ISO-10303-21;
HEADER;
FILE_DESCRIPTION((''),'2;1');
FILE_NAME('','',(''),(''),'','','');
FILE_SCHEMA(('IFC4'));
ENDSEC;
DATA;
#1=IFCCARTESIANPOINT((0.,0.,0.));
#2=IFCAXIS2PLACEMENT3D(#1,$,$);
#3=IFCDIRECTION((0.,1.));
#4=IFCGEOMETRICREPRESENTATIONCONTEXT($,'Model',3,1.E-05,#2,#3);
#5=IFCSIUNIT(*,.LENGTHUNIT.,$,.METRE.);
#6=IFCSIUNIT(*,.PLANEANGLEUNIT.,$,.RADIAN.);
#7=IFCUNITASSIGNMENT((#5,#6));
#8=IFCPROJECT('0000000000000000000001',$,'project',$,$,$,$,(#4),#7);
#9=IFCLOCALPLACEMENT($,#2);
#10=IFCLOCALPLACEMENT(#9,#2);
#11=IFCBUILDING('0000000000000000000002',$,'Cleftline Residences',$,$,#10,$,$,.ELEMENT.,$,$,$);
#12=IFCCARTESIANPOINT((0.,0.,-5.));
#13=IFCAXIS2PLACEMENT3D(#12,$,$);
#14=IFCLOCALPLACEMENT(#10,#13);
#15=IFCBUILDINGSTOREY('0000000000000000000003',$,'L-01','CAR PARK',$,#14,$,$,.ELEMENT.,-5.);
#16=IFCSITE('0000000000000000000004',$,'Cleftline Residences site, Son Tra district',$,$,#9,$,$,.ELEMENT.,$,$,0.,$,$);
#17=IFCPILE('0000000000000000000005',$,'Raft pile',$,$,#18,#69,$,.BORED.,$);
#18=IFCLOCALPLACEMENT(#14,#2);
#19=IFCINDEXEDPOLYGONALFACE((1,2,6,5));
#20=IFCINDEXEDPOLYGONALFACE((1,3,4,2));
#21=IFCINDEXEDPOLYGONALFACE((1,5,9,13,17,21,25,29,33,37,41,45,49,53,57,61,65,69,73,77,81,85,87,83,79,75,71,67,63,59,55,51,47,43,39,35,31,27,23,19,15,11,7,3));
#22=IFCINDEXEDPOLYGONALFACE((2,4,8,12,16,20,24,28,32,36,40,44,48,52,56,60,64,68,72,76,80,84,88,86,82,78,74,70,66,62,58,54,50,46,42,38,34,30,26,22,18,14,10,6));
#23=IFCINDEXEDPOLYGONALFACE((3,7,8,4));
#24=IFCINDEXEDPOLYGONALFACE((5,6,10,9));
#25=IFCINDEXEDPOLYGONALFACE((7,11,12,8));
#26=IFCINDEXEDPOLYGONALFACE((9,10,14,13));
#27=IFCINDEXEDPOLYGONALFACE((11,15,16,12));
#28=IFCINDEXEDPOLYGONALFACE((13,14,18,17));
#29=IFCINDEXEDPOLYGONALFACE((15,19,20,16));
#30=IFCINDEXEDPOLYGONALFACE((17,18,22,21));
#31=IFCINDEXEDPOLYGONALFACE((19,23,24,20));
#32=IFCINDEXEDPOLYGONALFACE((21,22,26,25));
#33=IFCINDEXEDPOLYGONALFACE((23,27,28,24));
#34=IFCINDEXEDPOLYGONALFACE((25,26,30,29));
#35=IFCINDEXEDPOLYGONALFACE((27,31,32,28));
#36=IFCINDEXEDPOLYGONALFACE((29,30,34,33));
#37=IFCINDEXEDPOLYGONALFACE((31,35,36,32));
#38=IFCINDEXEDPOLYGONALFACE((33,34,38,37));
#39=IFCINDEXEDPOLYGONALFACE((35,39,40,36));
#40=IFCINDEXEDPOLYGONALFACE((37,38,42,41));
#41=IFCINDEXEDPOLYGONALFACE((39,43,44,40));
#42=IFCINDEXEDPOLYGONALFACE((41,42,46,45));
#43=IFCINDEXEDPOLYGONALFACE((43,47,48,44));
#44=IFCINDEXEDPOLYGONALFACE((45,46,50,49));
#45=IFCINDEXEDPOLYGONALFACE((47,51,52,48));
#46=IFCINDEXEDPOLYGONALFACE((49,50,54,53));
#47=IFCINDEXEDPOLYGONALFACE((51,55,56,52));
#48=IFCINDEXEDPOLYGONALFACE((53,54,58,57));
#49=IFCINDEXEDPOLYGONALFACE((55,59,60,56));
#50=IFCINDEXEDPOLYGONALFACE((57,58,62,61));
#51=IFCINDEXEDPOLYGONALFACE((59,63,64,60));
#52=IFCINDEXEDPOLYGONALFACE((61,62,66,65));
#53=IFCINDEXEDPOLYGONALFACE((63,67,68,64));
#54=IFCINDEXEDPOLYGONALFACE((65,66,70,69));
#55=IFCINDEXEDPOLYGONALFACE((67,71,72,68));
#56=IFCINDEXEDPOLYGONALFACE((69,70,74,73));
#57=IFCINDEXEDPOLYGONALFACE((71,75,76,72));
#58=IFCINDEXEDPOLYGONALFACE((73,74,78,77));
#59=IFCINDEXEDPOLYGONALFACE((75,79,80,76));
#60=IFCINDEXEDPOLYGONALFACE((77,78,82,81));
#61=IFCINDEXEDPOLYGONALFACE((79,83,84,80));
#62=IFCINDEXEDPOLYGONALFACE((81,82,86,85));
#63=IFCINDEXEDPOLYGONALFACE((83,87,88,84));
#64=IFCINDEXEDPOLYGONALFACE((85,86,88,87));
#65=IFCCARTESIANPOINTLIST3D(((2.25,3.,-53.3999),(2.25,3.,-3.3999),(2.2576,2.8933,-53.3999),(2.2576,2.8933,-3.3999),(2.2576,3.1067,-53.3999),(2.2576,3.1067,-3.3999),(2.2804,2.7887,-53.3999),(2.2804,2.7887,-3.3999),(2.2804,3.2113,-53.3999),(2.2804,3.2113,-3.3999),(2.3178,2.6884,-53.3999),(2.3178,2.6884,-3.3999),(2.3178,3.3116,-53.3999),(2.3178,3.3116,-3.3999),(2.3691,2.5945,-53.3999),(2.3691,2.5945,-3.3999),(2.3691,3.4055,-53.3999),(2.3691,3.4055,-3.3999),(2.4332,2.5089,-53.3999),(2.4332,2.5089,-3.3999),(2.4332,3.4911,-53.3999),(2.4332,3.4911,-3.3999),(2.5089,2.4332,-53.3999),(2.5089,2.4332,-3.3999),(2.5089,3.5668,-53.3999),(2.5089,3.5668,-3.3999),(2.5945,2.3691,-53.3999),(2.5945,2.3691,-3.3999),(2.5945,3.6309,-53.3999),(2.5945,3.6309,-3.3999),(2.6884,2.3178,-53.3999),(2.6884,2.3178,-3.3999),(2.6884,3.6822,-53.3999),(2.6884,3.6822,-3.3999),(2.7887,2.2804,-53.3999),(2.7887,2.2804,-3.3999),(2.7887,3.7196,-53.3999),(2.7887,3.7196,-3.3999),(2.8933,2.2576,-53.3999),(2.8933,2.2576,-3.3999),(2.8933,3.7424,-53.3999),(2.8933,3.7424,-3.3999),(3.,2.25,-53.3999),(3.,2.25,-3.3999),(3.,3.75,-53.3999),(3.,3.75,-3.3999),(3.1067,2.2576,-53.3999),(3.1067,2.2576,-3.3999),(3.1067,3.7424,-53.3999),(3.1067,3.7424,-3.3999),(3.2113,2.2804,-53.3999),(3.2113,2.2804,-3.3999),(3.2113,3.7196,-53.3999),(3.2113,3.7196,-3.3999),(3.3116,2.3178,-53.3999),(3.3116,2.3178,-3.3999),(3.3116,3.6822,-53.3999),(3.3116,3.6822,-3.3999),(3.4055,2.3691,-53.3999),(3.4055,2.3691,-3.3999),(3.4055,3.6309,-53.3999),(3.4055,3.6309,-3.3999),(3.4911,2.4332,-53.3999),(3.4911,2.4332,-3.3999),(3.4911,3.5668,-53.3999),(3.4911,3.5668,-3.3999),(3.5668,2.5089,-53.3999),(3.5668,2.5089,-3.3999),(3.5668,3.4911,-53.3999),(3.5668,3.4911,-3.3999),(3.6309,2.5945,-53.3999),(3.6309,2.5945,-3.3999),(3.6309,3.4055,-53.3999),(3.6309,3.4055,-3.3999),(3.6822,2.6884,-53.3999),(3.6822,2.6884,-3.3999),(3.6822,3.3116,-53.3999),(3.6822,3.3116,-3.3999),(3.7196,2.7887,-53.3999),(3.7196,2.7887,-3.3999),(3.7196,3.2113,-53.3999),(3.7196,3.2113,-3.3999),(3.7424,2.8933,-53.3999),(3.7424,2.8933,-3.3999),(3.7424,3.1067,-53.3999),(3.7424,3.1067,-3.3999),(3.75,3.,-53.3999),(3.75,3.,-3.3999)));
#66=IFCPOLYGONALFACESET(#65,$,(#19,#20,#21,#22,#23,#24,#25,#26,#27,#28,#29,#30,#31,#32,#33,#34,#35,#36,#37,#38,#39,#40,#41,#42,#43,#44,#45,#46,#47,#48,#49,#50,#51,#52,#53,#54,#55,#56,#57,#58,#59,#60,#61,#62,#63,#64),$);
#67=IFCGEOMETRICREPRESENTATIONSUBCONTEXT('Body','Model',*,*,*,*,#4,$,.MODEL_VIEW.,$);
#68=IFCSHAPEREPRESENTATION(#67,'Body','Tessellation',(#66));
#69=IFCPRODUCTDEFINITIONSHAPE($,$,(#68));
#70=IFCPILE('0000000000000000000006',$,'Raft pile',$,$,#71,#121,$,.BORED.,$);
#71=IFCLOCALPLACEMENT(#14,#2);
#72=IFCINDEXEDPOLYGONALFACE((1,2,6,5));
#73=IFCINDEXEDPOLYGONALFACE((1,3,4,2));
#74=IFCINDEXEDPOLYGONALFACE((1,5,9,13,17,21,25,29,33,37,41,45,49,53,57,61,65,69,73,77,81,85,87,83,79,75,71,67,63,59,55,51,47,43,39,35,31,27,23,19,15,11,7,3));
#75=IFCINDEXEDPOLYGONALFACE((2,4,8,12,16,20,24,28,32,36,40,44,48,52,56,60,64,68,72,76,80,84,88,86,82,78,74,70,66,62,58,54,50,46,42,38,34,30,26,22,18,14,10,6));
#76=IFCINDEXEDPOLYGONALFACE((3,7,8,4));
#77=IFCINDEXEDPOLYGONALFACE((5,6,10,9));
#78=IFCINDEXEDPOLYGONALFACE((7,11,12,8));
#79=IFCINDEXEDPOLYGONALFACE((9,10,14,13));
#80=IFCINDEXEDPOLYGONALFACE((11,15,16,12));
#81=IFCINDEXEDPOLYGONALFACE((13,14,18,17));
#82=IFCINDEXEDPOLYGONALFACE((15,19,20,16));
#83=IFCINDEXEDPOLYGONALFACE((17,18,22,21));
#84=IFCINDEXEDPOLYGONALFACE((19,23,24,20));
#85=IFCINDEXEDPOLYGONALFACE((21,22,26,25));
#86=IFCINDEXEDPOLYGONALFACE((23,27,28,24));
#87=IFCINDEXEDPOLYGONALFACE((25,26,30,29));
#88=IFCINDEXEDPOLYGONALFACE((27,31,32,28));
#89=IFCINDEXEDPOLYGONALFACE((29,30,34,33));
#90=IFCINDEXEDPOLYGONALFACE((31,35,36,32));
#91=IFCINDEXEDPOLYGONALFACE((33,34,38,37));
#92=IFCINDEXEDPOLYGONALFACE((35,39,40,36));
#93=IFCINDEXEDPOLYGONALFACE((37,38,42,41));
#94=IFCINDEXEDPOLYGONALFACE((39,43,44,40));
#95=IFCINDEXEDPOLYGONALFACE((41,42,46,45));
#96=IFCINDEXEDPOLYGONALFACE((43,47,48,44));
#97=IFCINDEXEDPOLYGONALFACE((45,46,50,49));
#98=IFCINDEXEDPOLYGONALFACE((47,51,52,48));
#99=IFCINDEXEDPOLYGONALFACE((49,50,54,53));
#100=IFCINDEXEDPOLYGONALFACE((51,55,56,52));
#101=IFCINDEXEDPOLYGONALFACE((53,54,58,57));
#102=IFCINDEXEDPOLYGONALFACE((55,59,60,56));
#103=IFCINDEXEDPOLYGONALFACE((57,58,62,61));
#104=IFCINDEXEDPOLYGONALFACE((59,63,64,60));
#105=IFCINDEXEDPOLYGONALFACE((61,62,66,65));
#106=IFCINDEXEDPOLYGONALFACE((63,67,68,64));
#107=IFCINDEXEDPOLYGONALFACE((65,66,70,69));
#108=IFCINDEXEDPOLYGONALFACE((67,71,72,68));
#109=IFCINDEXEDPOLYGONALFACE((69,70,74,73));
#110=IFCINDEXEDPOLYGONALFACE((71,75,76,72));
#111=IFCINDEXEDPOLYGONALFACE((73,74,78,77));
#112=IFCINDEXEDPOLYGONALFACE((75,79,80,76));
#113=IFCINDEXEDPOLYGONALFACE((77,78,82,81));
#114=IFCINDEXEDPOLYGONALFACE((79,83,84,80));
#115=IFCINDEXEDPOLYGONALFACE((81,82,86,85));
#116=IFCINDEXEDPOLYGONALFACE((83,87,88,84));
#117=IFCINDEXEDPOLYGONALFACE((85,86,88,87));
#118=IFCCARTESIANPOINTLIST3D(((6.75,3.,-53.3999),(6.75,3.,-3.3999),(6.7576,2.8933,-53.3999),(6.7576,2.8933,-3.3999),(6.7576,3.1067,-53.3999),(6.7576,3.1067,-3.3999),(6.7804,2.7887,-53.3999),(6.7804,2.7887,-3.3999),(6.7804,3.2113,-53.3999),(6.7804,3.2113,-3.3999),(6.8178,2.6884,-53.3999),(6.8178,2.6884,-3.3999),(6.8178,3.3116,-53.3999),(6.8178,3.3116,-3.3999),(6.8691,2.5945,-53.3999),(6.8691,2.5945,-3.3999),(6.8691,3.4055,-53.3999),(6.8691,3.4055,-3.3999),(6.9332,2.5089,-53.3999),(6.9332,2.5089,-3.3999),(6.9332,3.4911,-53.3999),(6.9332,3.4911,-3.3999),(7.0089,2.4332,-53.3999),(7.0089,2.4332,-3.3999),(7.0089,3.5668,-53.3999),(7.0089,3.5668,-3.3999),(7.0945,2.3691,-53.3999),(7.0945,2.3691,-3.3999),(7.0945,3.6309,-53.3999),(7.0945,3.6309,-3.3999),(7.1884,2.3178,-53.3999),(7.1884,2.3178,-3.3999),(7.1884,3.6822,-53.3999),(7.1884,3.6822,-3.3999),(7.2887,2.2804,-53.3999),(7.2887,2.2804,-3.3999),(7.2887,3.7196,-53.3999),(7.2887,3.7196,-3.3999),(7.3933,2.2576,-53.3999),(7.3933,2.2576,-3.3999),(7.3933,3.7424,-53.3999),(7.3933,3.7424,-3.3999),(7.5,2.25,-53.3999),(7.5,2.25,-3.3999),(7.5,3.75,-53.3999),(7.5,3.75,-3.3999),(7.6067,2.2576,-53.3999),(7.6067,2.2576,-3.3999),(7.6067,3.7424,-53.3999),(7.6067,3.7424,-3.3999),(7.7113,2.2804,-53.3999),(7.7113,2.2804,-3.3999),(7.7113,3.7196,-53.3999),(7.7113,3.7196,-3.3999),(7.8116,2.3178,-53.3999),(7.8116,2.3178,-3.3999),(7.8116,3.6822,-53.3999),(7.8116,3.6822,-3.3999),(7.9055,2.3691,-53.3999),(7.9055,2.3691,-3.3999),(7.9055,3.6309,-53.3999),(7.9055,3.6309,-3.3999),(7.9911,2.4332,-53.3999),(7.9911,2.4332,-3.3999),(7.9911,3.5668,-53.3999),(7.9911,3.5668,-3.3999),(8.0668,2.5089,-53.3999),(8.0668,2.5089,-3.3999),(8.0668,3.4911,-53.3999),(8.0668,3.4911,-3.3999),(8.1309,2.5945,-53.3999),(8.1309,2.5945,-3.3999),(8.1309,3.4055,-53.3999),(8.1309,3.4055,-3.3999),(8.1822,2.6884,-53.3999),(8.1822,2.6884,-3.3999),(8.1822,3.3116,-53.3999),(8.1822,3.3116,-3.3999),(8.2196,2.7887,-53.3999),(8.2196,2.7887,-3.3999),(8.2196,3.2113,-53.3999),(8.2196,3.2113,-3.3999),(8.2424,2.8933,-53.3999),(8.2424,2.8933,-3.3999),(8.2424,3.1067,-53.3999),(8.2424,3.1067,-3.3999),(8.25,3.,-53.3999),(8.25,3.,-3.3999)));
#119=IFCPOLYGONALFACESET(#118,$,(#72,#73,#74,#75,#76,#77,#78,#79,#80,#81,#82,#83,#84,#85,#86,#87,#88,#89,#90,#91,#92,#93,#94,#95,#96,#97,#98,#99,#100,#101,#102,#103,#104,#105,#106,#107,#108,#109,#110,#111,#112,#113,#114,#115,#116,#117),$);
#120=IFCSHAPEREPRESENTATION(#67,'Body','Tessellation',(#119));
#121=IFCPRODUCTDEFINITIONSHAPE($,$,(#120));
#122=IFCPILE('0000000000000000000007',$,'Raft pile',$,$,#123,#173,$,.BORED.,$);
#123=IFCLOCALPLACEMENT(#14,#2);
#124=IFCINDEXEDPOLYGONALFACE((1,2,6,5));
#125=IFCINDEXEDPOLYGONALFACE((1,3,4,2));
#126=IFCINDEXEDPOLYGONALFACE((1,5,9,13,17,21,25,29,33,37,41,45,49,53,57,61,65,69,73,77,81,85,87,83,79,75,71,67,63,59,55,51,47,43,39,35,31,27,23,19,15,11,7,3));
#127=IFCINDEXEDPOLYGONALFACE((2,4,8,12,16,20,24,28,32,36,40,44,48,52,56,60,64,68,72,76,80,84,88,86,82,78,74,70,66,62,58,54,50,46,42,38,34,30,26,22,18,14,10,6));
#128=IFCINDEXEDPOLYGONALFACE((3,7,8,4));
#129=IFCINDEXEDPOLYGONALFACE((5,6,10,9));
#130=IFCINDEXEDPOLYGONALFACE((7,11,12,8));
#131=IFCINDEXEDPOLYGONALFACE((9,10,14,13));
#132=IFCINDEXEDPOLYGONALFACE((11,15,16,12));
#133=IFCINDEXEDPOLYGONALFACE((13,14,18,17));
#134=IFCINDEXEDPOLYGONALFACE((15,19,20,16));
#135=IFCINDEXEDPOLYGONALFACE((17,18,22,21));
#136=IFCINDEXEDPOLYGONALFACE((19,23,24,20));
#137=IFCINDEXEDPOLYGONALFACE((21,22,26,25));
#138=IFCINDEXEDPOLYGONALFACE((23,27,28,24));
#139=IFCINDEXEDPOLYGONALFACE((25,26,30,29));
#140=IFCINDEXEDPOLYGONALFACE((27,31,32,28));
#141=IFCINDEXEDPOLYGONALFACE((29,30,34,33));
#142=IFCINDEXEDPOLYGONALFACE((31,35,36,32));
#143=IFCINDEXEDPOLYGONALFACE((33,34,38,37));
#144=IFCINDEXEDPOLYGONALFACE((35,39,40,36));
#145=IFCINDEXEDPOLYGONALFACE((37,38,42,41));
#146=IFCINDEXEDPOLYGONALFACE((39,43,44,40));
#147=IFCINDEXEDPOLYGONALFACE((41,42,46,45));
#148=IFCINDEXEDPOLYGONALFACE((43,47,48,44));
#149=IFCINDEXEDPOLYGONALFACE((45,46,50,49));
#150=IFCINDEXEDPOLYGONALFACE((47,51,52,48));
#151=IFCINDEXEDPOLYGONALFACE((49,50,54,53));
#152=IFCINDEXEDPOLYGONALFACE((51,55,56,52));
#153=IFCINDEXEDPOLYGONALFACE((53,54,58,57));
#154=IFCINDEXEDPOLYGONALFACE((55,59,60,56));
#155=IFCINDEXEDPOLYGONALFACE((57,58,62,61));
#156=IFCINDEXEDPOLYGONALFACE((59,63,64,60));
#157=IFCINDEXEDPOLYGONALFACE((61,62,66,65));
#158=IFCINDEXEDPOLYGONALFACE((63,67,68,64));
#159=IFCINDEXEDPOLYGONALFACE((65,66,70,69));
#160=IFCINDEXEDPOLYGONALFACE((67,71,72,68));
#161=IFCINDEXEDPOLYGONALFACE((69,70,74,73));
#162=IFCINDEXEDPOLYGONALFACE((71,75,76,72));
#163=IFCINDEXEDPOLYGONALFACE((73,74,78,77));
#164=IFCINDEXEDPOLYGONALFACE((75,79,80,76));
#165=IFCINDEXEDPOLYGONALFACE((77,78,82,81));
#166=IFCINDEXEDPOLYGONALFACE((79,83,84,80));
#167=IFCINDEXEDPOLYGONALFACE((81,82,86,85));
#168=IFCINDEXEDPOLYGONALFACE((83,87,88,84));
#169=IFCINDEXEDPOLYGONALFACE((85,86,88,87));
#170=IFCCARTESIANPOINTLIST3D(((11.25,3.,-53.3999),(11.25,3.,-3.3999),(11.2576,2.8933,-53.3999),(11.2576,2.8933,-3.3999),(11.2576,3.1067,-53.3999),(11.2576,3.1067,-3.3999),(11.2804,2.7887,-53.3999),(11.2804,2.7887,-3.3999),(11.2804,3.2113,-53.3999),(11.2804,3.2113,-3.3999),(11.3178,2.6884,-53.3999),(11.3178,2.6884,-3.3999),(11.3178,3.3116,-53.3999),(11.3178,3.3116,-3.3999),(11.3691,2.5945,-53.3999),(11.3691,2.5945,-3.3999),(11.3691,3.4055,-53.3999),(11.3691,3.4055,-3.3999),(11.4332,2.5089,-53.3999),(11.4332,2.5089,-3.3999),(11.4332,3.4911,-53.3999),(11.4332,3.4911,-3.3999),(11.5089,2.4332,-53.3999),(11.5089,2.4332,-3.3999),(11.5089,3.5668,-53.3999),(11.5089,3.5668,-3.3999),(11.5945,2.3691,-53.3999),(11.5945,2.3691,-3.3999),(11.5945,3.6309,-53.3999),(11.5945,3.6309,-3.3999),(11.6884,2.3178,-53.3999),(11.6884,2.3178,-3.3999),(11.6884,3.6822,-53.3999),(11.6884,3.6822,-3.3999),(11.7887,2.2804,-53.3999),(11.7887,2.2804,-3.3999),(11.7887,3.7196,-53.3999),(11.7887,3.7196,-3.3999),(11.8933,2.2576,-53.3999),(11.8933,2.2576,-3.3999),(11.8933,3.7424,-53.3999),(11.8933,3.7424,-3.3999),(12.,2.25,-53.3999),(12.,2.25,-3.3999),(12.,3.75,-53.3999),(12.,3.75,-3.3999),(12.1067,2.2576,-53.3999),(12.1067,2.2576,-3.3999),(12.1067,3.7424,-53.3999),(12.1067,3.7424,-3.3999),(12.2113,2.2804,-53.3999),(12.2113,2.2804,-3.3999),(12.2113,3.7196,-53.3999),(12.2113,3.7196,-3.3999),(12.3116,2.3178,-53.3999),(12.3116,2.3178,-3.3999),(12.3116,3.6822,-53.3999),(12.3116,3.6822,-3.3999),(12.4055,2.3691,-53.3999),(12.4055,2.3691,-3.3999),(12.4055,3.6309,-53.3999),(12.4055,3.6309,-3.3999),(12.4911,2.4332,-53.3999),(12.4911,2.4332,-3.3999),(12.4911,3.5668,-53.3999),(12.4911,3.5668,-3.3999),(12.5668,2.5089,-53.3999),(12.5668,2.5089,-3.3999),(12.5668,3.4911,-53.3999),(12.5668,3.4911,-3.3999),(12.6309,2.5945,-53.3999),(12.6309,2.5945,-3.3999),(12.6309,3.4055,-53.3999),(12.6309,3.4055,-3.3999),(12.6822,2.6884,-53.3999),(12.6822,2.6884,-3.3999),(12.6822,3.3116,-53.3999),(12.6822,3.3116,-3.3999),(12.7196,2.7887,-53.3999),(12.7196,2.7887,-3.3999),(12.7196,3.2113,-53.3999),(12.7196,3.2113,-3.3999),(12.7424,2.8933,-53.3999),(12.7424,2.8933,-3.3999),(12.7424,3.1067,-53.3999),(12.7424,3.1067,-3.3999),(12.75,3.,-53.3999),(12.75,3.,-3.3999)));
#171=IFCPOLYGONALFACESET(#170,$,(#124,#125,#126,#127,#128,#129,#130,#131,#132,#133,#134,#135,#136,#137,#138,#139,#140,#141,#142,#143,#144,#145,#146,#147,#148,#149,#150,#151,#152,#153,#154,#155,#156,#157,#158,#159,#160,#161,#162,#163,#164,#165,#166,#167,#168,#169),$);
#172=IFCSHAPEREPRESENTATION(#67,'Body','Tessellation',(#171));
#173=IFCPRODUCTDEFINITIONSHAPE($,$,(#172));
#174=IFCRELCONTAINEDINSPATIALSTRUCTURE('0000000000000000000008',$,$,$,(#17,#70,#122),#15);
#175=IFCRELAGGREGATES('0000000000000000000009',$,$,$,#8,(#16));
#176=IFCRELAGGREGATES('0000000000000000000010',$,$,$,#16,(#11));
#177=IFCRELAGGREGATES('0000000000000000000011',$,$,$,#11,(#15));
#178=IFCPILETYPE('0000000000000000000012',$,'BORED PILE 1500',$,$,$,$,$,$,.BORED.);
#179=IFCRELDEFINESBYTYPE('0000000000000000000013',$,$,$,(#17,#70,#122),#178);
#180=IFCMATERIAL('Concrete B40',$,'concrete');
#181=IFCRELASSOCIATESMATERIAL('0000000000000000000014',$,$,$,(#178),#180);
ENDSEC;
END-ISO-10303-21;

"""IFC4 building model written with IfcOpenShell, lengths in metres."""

from ifc_helpers import new_model, si_unit, direction, frame, origin, origin_2d, place, context, subcontext, project, spatial, circle, extrude, material, material_profile, profile_set, type_object, element, save


model = new_model("IFC4")

# Units and contexts
model_context = context("Model", 3, precision=1e-05, world=origin(), true_north=direction((0.0, 1.0)))
body_context = subcontext(model_context, "Body", "Model", "MODEL_VIEW")
ifc_project = project(units=[si_unit("LENGTHUNIT", "METRE"), si_unit("PLANEANGLEUNIT", "RADIAN")], contexts=[model_context])

# Site, building, storey
site_placement = place(None, origin())
site = spatial("IfcSite", under=ifc_project, at=site_placement, Name="Cleftline Residences site, Son Tra district", CompositionType="ELEMENT", RefElevation=0.0)
building_placement = place(site_placement, origin())
building = spatial("IfcBuilding", under=site, at=building_placement, Name="Cleftline Residences", CompositionType="ELEMENT")
storey_placement = place(building_placement, frame((0.0, 0.0, -5.0)))
storey = spatial("IfcBuildingStorey", under=building, at=storey_placement, Name="L-01", Description="CAR PARK", CompositionType="ELEMENT", Elevation=-5.0)

# Piles
ifc_material_1 = material(Name="Concrete B40", Category="concrete")
ifc_material_profile_1 = material_profile(ifc_material_1, circle(Radius=0.75, at=origin_2d()))
ifc_profile_set_1 = profile_set([ifc_material_profile_1], Name="Concrete B40")
pile_type = type_object("IfcPileType", Name="BORED PILE 1500", PredefinedType="BORED", material=ifc_profile_set_1)
for number, where, z_axis, x_axis, name in (
    (1, (3.0, 3.0, -3.3999), (0.0, 0.0, -1.0), (1.0, 0.0, 0.0), "Raft pile"),
    (2, (7.5, 3.0, -3.3999), (0.0, 0.0, -1.0), (1.0, 0.0, 0.0), "Raft pile"),
    (3, (12.0, 3.0, -3.3999), (0.0, 0.0, -1.0), (1.0, 0.0, 0.0), "Raft pile"),
):
    element("IfcPile", number, at=place(storey_placement, frame(where, z_axis=z_axis, x_axis=x_axis)), inside=storey, type_object=pile_type, Name=name, PredefinedType="BORED", context=body_context, shape_type="SweptSolid", body=[
        extrude(circle(Radius=0.75, at=origin_2d()), origin(), (0.0, 0.0, 1.0), 50.0),
    ])

save(model, "model.ifc")
